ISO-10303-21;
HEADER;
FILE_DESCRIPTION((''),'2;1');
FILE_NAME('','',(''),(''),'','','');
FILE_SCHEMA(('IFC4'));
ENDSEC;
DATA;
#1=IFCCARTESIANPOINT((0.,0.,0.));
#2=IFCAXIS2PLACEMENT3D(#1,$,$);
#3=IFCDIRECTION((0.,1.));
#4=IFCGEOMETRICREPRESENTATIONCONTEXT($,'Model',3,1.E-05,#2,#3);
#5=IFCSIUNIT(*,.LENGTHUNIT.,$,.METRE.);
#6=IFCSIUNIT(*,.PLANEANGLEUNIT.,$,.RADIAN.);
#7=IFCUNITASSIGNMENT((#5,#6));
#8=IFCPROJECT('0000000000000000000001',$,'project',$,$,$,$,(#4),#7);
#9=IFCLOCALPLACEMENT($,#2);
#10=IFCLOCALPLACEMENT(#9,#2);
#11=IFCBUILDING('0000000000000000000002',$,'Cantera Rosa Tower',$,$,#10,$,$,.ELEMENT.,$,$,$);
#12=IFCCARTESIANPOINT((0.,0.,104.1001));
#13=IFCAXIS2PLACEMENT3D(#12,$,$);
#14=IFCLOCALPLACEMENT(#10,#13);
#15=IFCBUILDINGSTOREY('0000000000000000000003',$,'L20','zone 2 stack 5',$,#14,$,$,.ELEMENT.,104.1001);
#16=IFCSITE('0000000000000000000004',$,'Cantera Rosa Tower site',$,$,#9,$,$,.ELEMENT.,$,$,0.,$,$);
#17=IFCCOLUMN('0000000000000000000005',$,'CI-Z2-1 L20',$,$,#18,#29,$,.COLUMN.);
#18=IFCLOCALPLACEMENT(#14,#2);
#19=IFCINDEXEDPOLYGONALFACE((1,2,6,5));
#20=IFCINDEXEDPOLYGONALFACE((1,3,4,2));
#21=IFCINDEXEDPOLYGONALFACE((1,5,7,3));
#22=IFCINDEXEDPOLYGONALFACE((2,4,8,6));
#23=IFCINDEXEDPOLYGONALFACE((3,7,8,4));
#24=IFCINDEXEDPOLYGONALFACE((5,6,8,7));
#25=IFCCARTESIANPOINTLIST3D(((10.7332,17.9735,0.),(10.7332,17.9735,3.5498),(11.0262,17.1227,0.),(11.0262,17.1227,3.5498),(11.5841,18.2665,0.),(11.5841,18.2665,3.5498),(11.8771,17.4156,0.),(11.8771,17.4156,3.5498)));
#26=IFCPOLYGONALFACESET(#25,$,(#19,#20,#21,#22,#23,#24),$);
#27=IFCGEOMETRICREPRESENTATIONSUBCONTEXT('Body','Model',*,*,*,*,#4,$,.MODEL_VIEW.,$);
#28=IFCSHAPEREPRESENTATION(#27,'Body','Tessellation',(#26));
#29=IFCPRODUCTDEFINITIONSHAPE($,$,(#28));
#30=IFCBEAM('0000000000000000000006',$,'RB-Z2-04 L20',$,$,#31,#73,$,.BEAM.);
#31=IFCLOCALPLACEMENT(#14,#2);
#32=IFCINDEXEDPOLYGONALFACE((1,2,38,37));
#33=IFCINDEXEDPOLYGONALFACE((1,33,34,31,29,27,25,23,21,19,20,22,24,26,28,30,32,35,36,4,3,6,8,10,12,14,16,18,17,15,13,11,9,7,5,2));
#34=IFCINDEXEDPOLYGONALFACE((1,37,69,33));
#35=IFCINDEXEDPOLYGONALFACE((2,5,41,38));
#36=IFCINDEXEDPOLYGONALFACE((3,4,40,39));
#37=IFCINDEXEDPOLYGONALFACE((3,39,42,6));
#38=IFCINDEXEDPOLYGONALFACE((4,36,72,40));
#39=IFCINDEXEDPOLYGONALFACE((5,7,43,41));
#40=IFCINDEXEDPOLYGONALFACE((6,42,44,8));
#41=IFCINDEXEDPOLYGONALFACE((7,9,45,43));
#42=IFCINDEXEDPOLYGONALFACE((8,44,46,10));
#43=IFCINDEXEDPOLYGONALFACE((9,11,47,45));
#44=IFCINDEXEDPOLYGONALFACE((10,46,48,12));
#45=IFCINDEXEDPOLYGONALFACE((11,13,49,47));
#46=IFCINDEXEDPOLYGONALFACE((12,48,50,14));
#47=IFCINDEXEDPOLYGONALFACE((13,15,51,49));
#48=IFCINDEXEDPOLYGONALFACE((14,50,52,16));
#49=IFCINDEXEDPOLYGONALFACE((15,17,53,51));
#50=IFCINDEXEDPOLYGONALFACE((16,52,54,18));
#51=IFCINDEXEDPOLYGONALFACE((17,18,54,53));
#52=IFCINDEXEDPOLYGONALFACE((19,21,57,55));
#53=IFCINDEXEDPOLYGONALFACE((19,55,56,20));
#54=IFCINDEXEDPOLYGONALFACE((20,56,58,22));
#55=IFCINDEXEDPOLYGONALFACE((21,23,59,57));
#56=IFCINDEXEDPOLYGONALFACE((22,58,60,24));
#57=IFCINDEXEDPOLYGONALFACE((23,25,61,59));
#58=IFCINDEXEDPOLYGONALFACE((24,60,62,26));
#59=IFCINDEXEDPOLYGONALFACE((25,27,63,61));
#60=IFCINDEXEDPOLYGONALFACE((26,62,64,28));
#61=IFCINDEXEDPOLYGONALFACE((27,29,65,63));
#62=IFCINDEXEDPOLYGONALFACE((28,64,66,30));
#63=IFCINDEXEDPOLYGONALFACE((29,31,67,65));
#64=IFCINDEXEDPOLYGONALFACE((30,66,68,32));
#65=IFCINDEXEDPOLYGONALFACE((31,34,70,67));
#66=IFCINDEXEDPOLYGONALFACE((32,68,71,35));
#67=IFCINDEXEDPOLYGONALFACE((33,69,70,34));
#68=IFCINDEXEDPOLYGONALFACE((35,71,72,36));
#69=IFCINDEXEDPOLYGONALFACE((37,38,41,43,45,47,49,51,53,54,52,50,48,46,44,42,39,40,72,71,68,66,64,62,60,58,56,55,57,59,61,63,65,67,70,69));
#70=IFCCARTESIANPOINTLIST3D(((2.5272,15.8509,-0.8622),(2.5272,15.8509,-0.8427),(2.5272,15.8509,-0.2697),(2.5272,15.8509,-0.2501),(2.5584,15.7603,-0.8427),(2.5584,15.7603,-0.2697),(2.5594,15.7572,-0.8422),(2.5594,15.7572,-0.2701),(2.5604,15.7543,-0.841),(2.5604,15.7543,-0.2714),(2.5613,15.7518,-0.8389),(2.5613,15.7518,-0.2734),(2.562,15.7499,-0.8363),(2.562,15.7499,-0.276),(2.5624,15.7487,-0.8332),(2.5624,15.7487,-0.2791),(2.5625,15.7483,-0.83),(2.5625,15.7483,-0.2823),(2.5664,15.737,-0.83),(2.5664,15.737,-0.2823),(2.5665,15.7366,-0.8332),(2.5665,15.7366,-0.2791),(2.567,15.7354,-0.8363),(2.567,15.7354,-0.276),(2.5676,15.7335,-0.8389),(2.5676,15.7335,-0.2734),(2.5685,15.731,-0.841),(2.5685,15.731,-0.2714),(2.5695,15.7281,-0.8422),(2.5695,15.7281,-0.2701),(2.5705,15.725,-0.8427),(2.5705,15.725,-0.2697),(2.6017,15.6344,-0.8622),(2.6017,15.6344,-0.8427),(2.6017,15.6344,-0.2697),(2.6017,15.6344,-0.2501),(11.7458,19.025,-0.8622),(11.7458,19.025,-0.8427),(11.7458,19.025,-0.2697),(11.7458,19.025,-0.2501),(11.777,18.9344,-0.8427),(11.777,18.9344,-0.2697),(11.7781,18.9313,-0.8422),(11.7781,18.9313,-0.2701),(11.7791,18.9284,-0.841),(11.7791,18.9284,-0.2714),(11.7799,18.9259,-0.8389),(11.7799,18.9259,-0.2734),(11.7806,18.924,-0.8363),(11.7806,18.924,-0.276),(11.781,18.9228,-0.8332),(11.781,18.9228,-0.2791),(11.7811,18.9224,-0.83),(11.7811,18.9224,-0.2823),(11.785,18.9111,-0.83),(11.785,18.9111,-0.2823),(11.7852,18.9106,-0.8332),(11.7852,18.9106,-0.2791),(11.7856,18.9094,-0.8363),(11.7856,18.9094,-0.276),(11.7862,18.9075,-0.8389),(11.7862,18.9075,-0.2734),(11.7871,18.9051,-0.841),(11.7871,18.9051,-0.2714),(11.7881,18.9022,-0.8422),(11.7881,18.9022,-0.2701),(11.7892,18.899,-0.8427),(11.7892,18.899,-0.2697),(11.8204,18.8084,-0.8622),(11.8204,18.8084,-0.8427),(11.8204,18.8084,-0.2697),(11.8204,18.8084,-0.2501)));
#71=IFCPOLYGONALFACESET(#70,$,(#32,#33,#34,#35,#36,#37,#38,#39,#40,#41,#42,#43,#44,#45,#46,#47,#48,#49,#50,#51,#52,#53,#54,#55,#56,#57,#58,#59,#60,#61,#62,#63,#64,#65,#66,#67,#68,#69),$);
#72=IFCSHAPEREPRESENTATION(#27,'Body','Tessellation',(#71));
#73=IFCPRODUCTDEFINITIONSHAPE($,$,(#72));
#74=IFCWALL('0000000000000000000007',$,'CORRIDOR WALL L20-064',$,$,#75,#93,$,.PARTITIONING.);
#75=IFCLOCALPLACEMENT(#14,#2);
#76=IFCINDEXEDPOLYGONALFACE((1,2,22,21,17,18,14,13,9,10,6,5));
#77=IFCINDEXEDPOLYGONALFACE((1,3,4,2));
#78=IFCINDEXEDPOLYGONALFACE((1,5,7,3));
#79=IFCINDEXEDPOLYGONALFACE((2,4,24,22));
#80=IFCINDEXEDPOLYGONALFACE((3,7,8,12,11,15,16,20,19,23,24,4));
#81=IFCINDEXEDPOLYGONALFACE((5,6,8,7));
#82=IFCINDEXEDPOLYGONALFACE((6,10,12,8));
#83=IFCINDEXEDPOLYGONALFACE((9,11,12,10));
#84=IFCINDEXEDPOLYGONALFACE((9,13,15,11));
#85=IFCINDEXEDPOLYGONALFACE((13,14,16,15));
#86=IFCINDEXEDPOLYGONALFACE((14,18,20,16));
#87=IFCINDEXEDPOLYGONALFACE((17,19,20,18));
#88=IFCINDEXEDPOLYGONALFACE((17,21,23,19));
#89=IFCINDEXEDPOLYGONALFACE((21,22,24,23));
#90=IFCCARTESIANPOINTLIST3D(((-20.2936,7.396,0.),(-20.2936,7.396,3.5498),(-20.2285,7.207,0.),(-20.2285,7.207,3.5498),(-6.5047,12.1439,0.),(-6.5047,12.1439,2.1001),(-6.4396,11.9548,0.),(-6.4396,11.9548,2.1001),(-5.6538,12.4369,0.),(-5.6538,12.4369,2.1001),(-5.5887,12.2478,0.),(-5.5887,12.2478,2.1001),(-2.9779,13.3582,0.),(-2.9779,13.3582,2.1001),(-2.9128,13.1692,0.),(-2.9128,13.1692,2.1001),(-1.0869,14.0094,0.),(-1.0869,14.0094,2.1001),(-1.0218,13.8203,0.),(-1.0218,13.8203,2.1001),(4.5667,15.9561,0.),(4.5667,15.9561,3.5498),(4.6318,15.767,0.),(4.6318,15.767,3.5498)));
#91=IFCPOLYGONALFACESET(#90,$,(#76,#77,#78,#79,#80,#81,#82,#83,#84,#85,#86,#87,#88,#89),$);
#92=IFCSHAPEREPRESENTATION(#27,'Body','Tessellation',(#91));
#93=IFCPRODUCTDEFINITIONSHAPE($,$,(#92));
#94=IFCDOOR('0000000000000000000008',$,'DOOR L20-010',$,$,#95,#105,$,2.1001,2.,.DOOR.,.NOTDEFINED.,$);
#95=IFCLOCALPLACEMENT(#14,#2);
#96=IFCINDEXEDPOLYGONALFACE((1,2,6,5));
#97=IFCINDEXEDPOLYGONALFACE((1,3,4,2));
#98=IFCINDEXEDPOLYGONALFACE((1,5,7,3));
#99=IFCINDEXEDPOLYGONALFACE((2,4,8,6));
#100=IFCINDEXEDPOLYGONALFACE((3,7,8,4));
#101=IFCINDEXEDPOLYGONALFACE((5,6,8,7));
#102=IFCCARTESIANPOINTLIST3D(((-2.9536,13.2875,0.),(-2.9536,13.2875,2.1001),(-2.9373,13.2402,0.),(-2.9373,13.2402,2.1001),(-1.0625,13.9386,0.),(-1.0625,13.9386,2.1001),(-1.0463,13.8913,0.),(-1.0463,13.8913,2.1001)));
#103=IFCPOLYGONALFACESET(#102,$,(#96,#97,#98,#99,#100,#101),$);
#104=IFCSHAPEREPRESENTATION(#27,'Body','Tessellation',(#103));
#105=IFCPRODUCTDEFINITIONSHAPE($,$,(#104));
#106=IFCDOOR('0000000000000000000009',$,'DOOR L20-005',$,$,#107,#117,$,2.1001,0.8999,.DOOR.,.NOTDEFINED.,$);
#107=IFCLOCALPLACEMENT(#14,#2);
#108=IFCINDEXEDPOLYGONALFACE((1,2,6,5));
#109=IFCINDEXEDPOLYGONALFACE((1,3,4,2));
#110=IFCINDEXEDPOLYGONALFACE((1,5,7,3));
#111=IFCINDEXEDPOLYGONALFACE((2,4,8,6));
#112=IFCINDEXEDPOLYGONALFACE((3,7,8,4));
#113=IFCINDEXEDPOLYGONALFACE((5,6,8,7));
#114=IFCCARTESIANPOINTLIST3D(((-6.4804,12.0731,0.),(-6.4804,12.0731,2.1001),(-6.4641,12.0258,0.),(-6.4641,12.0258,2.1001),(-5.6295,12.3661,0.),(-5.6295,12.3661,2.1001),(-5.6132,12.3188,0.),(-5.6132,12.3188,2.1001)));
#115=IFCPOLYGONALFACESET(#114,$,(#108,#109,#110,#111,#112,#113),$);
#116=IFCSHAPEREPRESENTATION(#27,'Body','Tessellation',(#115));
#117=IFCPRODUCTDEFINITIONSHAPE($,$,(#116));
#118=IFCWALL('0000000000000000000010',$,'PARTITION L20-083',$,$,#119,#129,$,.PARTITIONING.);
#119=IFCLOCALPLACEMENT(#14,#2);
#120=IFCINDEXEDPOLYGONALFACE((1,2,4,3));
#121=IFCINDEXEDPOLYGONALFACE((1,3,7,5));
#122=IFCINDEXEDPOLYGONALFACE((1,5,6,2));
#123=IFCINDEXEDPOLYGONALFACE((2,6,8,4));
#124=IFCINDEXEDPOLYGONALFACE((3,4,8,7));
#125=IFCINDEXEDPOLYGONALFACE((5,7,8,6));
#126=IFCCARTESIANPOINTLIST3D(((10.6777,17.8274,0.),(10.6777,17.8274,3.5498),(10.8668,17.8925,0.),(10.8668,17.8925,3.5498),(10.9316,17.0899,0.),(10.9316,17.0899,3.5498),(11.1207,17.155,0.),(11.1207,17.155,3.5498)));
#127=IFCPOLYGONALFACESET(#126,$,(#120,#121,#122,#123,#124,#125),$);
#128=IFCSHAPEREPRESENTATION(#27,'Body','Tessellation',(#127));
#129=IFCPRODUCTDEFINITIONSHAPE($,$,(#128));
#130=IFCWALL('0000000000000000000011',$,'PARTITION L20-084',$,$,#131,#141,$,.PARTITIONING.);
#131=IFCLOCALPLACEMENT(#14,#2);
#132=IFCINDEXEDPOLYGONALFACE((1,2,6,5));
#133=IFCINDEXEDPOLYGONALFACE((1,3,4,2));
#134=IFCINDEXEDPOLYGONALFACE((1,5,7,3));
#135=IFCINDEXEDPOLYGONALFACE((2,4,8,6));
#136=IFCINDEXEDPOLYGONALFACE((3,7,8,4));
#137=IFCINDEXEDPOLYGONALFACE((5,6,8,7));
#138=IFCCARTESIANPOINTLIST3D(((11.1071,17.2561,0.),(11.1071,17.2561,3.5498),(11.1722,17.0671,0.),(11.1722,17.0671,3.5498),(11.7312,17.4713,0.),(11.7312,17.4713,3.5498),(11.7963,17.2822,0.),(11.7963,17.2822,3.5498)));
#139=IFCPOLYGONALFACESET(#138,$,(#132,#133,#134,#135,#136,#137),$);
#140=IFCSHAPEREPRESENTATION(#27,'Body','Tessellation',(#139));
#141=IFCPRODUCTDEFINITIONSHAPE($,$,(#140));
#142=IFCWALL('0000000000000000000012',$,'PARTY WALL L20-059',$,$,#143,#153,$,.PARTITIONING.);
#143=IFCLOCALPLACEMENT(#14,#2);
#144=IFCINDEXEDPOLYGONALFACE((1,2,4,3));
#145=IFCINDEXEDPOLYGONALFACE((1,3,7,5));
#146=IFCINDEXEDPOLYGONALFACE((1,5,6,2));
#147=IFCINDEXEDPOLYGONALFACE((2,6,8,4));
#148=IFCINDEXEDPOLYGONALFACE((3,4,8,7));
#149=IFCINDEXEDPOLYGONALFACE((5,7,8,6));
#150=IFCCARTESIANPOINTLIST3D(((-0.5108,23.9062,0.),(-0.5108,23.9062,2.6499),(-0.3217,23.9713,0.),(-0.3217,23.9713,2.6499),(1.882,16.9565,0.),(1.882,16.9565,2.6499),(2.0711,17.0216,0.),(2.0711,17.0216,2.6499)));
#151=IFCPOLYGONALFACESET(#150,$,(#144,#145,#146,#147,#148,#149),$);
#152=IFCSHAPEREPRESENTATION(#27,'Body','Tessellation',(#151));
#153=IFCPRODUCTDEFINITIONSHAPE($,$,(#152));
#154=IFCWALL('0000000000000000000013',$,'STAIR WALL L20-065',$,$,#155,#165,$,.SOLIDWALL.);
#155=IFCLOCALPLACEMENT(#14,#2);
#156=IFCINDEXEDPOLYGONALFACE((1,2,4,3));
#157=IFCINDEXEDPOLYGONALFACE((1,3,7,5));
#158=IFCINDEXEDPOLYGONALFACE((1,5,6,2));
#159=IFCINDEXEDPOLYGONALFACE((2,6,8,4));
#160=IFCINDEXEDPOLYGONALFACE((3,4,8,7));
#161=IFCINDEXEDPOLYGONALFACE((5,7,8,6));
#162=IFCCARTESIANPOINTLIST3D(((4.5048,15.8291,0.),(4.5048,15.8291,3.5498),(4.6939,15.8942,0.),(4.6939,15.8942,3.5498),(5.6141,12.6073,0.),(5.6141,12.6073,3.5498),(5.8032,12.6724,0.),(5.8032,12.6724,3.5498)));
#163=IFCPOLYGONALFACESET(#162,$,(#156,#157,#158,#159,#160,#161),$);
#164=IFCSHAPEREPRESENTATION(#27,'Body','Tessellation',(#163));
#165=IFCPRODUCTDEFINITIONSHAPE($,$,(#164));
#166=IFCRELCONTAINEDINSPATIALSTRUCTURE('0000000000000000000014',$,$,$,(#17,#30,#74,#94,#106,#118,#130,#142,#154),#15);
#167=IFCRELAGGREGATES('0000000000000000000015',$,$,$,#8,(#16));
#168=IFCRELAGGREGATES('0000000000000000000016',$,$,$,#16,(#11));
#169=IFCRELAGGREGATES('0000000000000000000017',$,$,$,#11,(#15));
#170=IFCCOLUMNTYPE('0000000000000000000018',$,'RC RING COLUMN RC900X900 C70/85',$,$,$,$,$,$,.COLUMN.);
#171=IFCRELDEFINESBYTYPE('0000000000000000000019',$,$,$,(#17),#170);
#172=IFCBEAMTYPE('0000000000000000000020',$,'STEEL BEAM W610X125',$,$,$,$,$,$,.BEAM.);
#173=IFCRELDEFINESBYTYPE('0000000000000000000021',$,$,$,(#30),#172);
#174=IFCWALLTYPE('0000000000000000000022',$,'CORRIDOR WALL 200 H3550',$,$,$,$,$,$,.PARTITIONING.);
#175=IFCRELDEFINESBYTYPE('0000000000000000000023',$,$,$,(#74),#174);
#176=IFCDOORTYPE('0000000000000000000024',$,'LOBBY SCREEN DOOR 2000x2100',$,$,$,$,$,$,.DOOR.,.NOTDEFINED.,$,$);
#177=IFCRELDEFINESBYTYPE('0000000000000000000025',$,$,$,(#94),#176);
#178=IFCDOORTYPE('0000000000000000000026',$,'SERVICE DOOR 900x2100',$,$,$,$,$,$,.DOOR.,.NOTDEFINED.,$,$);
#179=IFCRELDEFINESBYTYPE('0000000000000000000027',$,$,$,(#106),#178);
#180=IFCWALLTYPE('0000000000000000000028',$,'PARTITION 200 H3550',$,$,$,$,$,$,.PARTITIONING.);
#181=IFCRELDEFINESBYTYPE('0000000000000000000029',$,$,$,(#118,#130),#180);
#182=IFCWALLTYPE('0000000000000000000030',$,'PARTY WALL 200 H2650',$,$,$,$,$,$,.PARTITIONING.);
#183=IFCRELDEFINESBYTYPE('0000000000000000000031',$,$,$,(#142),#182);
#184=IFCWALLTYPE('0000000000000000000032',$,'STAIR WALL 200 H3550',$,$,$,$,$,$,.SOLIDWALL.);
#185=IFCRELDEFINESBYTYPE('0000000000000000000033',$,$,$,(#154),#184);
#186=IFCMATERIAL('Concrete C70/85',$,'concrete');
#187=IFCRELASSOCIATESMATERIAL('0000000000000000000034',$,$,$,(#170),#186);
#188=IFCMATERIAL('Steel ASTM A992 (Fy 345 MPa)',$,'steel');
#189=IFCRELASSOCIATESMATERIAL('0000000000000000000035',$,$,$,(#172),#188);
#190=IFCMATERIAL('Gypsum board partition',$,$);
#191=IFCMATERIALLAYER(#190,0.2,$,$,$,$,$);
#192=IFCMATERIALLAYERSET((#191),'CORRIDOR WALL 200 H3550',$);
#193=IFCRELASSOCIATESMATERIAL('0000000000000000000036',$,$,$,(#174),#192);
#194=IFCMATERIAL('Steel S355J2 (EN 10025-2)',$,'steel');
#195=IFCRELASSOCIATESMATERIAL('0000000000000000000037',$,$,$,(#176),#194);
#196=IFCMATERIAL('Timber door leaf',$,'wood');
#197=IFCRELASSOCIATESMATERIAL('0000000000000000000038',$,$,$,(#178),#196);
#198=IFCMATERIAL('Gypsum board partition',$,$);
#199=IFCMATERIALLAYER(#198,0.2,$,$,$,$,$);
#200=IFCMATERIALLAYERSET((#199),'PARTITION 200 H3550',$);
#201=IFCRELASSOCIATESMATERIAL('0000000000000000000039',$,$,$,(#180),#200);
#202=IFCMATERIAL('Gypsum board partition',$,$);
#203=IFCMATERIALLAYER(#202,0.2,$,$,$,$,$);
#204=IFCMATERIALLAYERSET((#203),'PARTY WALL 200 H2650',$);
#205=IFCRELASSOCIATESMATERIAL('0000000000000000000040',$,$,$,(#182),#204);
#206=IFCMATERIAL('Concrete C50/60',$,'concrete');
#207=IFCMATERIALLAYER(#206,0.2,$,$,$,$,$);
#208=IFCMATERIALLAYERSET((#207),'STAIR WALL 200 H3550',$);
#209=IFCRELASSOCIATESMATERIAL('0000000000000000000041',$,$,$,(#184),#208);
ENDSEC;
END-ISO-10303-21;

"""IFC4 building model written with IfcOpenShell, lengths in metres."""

from ifc_helpers import new_model, si_unit, direction, frame, frame_2d, origin, origin_2d, place, context, subcontext, project, spatial, rectangle, i_section, extrude, material, layer, layer_set, material_profile, profile_set, type_object, element, fill, save


model = new_model("IFC4")

# Units and contexts
model_context = context("Model", 3, precision=1e-05, world=origin(), true_north=direction((0.0, 1.0)))
body_context = subcontext(model_context, "Body", "Model", "MODEL_VIEW")
ifc_project = project(units=[si_unit("LENGTHUNIT", "METRE"), si_unit("PLANEANGLEUNIT", "RADIAN")], contexts=[model_context])

# Site, building, storey
site_placement = place(None, origin())
site = spatial("IfcSite", under=ifc_project, at=site_placement, Name="Cantera Rosa Tower site", CompositionType="ELEMENT", RefElevation=0.0)
building_placement = place(site_placement, origin())
building = spatial("IfcBuilding", under=site, at=building_placement, Name="Cantera Rosa Tower", CompositionType="ELEMENT")
storey_placement = place(building_placement, frame((0.0, 0.0, 104.1001)))
storey = spatial("IfcBuildingStorey", under=building, at=storey_placement, Name="L20", Description="zone 2 stack 5", CompositionType="ELEMENT", Elevation=104.1001)

# Column
ifc_material_1 = material(Name="Concrete C70/85", Category="concrete")
ifc_material_profile_1 = material_profile(ifc_material_1, rectangle(XDim=0.8999, YDim=0.8999, at=origin_2d()), Name="RC RING COLUMN RC900X900 C70/85")
ifc_profile_set_1 = profile_set([ifc_material_profile_1], Name="Concrete C70/85")
column_type = type_object("IfcColumnType", Name="RC RING COLUMN RC900X900 C70/85", PredefinedType="COLUMN", material=ifc_profile_set_1)
column_placement = place(storey_placement, frame((11.3052, 17.6946, 0.0), z_axis=(0.0, 0.0, 1.0), x_axis=(0.945519, 0.325568, 0.0)))
element("IfcColumn", 1, at=column_placement, inside=storey, type_object=column_type, Name="CI-Z2-1 L20", PredefinedType="COLUMN", context=body_context, shape_type="SweptSolid", body=[
    extrude(rectangle(XDim=0.8999, YDim=0.8999, at=origin_2d()), origin(), (0.0, 0.0, 1.0), 3.5498),
])

# Beam
ifc_material_2 = material(Name="Steel ASTM A992 (Fy 345 MPa)", Category="steel")
ifc_material_profile_2 = material_profile(ifc_material_2, i_section(OverallWidth=0.229, OverallDepth=0.6121, WebThickness=0.012, FlangeThickness=0.0195, FilletRadius=0.0127, at=origin_2d()), Name="W610X125")
ifc_profile_set_2 = profile_set([ifc_material_profile_2], Name="Steel ASTM A992 (Fy 345 MPa)")
beam_type = type_object("IfcBeamType", Name="STEEL BEAM W610X125", PredefinedType="BEAM", material=ifc_profile_set_2)
beam_placement = place(storey_placement, frame((2.5645, 15.7427, -0.5562), z_axis=(0.945525, 0.32555, 0.0), x_axis=(-0.32555, 0.945525, 0.0)))
element("IfcBeam", 2, at=beam_placement, inside=storey, type_object=beam_type, Name="RB-Z2-04 L20", PredefinedType="BEAM", context=body_context, shape_type="SweptSolid", body=[
    extrude(i_section(OverallWidth=0.229, OverallDepth=0.6121, WebThickness=0.012, FlangeThickness=0.0195, FilletRadius=0.0127, at=origin_2d()), origin(), (0.0, 0.0, 1.0), 9.7498),
])

# Wall, openings, doors
ifc_material_3 = material(Name="Gypsum board partition")
ifc_layer_1 = layer(ifc_material_3, 0.2)
ifc_layer_set_1 = layer_set([ifc_layer_1], Name="CORRIDOR WALL 200 H3550")
wall_type_1 = type_object("IfcWallType", Name="CORRIDOR WALL 200 H3550", PredefinedType="PARTITIONING", material=ifc_layer_set_1)
wall_1_placement = place(storey_placement, frame((4.5994, 15.8616, 0.0), z_axis=(0.0, 0.0, 1.0), x_axis=(-0.945519, -0.325567, 0.0)))
wall_1 = element("IfcWall", 3, at=wall_1_placement, inside=storey, type_object=wall_type_1, Name="CORRIDOR WALL L20-064", PredefinedType="PARTITIONING", context=body_context, shape_type="SweptSolid", body=[
    extrude(rectangle(XDim=26.2927, YDim=0.2, at=frame_2d((13.1465, 0.0))), origin(), (0.0, 0.0, 1.0), 3.5498),
])
opening_1_placement = place(wall_1_placement, frame((10.8096, 0.0, 0.0)))
opening_1 = element("IfcOpeningElement", 4, at=opening_1_placement, cuts=wall_1, PredefinedType="OPENING", context=body_context, shape_type="SweptSolid", body=[
    extrude(rectangle(XDim=0.8999, YDim=2.1001, at=frame_2d((0.45, 1.05))), frame((0.0, 0.1099, 0.0), z_axis=(0.0, -1.0, 0.0), x_axis=(1.0, 0.0, 0.0)), (0.0, 0.0, 1.0), 0.22),
])
opening_2_placement = place(wall_1_placement, frame((5.9795, 0.0, 0.0)))
opening_2 = element("IfcOpeningElement", 5, at=opening_2_placement, cuts=wall_1, PredefinedType="OPENING", context=body_context, shape_type="SweptSolid", body=[
    extrude(rectangle(XDim=2.0, YDim=2.1001, at=frame_2d((1.0, 1.05))), frame((0.0, 0.1099, 0.0), z_axis=(0.0, -1.0, 0.0), x_axis=(1.0, 0.0, 0.0)), (0.0, 0.0, 1.0), 0.22),
])
ifc_material_4 = material(Name="Steel S355J2 (EN 10025-2)", Category="steel")
door_type_1 = type_object("IfcDoorType", Name="LOBBY SCREEN DOOR 2000x2100", OperationType="NOTDEFINED", PredefinedType="DOOR", material=ifc_material_4)
door_1_placement = place(opening_2_placement, origin())
door_1 = element("IfcDoor", 6, at=door_1_placement, inside=storey, type_object=door_type_1, Name="DOOR L20-010", OperationType="NOTDEFINED", OverallHeight=2.1001, OverallWidth=2.0, PredefinedType="DOOR", context=body_context, shape_type="SweptSolid", body=[
    extrude(rectangle(XDim=2.0, YDim=2.1001, at=frame_2d((1.0, 1.05))), frame((0.0, 0.0249, 0.0), z_axis=(0.0, -1.0, 0.0), x_axis=(1.0, 0.0, 0.0)), (0.0, 0.0, 1.0), 0.05),
])
fill(opening_2, door_1)
ifc_material_5 = material(Name="Timber door leaf", Category="wood")
door_type_2 = type_object("IfcDoorType", Name="SERVICE DOOR 900x2100", OperationType="NOTDEFINED", PredefinedType="DOOR", material=ifc_material_5)
door_2_placement = place(opening_1_placement, origin())
door_2 = element("IfcDoor", 7, at=door_2_placement, inside=storey, type_object=door_type_2, Name="DOOR L20-005", OperationType="NOTDEFINED", OverallHeight=2.1001, OverallWidth=0.8999, PredefinedType="DOOR", context=body_context, shape_type="SweptSolid", body=[
    extrude(rectangle(XDim=0.8999, YDim=2.1001, at=frame_2d((0.45, 1.05))), frame((0.0, 0.0249, 0.0), z_axis=(0.0, -1.0, 0.0), x_axis=(1.0, 0.0, 0.0)), (0.0, 0.0, 1.0), 0.05),
])
fill(opening_1, door_2)

# Walls
ifc_material_6 = material(Name="Gypsum board partition")
ifc_layer_2 = layer(ifc_material_6, 0.2)
ifc_layer_set_2 = layer_set([ifc_layer_2], Name="PARTITION 200 H3550")
wall_type_2 = type_object("IfcWallType", Name="PARTITION 200 H3550", PredefinedType="PARTITIONING", material=ifc_layer_set_2)
wall_2_placement = place(storey_placement, frame((10.7722, 17.8601, 0.0), z_axis=(0.0, 0.0, 1.0), x_axis=(0.325508, -0.945539, 0.0)))
element("IfcWall", 8, at=wall_2_placement, inside=storey, type_object=wall_type_2, Name="PARTITION L20-083", PredefinedType="PARTITIONING", context=body_context, shape_type="SweptSolid", body=[
    extrude(rectangle(XDim=0.78, YDim=0.2, at=frame_2d((0.3901, 0.0))), origin(), (0.0, 0.0, 1.0), 3.5498),
])
wall_3_placement = place(storey_placement, frame((11.1396, 17.1616, 0.0), z_axis=(0.0, 0.0, 1.0), x_axis=(0.945416, 0.325865, 0.0)))
element("IfcWall", 9, at=wall_3_placement, inside=storey, type_object=wall_type_2, Name="PARTITION L20-084", PredefinedType="PARTITIONING", context=body_context, shape_type="SweptSolid", body=[
    extrude(rectangle(XDim=0.6602, YDim=0.2, at=frame_2d((0.3301, 0.0))), origin(), (0.0, 0.0, 1.0), 3.5498),
])
ifc_material_7 = material(Name="Gypsum board partition")
ifc_layer_3 = layer(ifc_material_7, 0.2)
ifc_layer_set_3 = layer_set([ifc_layer_3], Name="PARTY WALL 200 H2650")
wall_type_3 = type_object("IfcWallType", Name="PARTY WALL 200 H2650", PredefinedType="PARTITIONING", material=ifc_layer_set_3)
wall_4_placement = place(storey_placement, frame((1.9766, 16.989, 0.0), z_axis=(0.0, 0.0, 1.0), x_axis=(-0.325549, 0.945525, 0.0)))
element("IfcWall", 10, at=wall_4_placement, inside=storey, type_object=wall_type_3, Name="PARTY WALL L20-059", PredefinedType="PARTITIONING", context=body_context, shape_type="SweptSolid", body=[
    extrude(rectangle(XDim=7.3501, YDim=0.2, at=frame_2d((3.675, 0.0))), origin(), (0.0, 0.0, 1.0), 2.6499),
])
ifc_material_8 = material(Name="Concrete C50/60", Category="concrete")
ifc_layer_4 = layer(ifc_material_8, 0.2)
ifc_layer_set_4 = layer_set([ifc_layer_4], Name="STAIR WALL 200 H3550")
wall_type_4 = type_object("IfcWallType", Name="STAIR WALL 200 H3550", PredefinedType="SOLIDWALL", material=ifc_layer_set_4)
wall_5_placement = place(storey_placement, frame((4.5994, 15.8616, 0.0), z_axis=(0.0, 0.0, 1.0), x_axis=(0.325562, -0.945521, 0.0)))
element("IfcWall", 11, at=wall_5_placement, inside=storey, type_object=wall_type_4, Name="STAIR WALL L20-065", PredefinedType="SOLIDWALL", context=body_context, shape_type="SweptSolid", body=[
    extrude(rectangle(XDim=3.4075, YDim=0.2, at=frame_2d((1.7036, 0.0))), origin(), (0.0, 0.0, 1.0), 3.5498),
])

save(model, "model.ifc")
